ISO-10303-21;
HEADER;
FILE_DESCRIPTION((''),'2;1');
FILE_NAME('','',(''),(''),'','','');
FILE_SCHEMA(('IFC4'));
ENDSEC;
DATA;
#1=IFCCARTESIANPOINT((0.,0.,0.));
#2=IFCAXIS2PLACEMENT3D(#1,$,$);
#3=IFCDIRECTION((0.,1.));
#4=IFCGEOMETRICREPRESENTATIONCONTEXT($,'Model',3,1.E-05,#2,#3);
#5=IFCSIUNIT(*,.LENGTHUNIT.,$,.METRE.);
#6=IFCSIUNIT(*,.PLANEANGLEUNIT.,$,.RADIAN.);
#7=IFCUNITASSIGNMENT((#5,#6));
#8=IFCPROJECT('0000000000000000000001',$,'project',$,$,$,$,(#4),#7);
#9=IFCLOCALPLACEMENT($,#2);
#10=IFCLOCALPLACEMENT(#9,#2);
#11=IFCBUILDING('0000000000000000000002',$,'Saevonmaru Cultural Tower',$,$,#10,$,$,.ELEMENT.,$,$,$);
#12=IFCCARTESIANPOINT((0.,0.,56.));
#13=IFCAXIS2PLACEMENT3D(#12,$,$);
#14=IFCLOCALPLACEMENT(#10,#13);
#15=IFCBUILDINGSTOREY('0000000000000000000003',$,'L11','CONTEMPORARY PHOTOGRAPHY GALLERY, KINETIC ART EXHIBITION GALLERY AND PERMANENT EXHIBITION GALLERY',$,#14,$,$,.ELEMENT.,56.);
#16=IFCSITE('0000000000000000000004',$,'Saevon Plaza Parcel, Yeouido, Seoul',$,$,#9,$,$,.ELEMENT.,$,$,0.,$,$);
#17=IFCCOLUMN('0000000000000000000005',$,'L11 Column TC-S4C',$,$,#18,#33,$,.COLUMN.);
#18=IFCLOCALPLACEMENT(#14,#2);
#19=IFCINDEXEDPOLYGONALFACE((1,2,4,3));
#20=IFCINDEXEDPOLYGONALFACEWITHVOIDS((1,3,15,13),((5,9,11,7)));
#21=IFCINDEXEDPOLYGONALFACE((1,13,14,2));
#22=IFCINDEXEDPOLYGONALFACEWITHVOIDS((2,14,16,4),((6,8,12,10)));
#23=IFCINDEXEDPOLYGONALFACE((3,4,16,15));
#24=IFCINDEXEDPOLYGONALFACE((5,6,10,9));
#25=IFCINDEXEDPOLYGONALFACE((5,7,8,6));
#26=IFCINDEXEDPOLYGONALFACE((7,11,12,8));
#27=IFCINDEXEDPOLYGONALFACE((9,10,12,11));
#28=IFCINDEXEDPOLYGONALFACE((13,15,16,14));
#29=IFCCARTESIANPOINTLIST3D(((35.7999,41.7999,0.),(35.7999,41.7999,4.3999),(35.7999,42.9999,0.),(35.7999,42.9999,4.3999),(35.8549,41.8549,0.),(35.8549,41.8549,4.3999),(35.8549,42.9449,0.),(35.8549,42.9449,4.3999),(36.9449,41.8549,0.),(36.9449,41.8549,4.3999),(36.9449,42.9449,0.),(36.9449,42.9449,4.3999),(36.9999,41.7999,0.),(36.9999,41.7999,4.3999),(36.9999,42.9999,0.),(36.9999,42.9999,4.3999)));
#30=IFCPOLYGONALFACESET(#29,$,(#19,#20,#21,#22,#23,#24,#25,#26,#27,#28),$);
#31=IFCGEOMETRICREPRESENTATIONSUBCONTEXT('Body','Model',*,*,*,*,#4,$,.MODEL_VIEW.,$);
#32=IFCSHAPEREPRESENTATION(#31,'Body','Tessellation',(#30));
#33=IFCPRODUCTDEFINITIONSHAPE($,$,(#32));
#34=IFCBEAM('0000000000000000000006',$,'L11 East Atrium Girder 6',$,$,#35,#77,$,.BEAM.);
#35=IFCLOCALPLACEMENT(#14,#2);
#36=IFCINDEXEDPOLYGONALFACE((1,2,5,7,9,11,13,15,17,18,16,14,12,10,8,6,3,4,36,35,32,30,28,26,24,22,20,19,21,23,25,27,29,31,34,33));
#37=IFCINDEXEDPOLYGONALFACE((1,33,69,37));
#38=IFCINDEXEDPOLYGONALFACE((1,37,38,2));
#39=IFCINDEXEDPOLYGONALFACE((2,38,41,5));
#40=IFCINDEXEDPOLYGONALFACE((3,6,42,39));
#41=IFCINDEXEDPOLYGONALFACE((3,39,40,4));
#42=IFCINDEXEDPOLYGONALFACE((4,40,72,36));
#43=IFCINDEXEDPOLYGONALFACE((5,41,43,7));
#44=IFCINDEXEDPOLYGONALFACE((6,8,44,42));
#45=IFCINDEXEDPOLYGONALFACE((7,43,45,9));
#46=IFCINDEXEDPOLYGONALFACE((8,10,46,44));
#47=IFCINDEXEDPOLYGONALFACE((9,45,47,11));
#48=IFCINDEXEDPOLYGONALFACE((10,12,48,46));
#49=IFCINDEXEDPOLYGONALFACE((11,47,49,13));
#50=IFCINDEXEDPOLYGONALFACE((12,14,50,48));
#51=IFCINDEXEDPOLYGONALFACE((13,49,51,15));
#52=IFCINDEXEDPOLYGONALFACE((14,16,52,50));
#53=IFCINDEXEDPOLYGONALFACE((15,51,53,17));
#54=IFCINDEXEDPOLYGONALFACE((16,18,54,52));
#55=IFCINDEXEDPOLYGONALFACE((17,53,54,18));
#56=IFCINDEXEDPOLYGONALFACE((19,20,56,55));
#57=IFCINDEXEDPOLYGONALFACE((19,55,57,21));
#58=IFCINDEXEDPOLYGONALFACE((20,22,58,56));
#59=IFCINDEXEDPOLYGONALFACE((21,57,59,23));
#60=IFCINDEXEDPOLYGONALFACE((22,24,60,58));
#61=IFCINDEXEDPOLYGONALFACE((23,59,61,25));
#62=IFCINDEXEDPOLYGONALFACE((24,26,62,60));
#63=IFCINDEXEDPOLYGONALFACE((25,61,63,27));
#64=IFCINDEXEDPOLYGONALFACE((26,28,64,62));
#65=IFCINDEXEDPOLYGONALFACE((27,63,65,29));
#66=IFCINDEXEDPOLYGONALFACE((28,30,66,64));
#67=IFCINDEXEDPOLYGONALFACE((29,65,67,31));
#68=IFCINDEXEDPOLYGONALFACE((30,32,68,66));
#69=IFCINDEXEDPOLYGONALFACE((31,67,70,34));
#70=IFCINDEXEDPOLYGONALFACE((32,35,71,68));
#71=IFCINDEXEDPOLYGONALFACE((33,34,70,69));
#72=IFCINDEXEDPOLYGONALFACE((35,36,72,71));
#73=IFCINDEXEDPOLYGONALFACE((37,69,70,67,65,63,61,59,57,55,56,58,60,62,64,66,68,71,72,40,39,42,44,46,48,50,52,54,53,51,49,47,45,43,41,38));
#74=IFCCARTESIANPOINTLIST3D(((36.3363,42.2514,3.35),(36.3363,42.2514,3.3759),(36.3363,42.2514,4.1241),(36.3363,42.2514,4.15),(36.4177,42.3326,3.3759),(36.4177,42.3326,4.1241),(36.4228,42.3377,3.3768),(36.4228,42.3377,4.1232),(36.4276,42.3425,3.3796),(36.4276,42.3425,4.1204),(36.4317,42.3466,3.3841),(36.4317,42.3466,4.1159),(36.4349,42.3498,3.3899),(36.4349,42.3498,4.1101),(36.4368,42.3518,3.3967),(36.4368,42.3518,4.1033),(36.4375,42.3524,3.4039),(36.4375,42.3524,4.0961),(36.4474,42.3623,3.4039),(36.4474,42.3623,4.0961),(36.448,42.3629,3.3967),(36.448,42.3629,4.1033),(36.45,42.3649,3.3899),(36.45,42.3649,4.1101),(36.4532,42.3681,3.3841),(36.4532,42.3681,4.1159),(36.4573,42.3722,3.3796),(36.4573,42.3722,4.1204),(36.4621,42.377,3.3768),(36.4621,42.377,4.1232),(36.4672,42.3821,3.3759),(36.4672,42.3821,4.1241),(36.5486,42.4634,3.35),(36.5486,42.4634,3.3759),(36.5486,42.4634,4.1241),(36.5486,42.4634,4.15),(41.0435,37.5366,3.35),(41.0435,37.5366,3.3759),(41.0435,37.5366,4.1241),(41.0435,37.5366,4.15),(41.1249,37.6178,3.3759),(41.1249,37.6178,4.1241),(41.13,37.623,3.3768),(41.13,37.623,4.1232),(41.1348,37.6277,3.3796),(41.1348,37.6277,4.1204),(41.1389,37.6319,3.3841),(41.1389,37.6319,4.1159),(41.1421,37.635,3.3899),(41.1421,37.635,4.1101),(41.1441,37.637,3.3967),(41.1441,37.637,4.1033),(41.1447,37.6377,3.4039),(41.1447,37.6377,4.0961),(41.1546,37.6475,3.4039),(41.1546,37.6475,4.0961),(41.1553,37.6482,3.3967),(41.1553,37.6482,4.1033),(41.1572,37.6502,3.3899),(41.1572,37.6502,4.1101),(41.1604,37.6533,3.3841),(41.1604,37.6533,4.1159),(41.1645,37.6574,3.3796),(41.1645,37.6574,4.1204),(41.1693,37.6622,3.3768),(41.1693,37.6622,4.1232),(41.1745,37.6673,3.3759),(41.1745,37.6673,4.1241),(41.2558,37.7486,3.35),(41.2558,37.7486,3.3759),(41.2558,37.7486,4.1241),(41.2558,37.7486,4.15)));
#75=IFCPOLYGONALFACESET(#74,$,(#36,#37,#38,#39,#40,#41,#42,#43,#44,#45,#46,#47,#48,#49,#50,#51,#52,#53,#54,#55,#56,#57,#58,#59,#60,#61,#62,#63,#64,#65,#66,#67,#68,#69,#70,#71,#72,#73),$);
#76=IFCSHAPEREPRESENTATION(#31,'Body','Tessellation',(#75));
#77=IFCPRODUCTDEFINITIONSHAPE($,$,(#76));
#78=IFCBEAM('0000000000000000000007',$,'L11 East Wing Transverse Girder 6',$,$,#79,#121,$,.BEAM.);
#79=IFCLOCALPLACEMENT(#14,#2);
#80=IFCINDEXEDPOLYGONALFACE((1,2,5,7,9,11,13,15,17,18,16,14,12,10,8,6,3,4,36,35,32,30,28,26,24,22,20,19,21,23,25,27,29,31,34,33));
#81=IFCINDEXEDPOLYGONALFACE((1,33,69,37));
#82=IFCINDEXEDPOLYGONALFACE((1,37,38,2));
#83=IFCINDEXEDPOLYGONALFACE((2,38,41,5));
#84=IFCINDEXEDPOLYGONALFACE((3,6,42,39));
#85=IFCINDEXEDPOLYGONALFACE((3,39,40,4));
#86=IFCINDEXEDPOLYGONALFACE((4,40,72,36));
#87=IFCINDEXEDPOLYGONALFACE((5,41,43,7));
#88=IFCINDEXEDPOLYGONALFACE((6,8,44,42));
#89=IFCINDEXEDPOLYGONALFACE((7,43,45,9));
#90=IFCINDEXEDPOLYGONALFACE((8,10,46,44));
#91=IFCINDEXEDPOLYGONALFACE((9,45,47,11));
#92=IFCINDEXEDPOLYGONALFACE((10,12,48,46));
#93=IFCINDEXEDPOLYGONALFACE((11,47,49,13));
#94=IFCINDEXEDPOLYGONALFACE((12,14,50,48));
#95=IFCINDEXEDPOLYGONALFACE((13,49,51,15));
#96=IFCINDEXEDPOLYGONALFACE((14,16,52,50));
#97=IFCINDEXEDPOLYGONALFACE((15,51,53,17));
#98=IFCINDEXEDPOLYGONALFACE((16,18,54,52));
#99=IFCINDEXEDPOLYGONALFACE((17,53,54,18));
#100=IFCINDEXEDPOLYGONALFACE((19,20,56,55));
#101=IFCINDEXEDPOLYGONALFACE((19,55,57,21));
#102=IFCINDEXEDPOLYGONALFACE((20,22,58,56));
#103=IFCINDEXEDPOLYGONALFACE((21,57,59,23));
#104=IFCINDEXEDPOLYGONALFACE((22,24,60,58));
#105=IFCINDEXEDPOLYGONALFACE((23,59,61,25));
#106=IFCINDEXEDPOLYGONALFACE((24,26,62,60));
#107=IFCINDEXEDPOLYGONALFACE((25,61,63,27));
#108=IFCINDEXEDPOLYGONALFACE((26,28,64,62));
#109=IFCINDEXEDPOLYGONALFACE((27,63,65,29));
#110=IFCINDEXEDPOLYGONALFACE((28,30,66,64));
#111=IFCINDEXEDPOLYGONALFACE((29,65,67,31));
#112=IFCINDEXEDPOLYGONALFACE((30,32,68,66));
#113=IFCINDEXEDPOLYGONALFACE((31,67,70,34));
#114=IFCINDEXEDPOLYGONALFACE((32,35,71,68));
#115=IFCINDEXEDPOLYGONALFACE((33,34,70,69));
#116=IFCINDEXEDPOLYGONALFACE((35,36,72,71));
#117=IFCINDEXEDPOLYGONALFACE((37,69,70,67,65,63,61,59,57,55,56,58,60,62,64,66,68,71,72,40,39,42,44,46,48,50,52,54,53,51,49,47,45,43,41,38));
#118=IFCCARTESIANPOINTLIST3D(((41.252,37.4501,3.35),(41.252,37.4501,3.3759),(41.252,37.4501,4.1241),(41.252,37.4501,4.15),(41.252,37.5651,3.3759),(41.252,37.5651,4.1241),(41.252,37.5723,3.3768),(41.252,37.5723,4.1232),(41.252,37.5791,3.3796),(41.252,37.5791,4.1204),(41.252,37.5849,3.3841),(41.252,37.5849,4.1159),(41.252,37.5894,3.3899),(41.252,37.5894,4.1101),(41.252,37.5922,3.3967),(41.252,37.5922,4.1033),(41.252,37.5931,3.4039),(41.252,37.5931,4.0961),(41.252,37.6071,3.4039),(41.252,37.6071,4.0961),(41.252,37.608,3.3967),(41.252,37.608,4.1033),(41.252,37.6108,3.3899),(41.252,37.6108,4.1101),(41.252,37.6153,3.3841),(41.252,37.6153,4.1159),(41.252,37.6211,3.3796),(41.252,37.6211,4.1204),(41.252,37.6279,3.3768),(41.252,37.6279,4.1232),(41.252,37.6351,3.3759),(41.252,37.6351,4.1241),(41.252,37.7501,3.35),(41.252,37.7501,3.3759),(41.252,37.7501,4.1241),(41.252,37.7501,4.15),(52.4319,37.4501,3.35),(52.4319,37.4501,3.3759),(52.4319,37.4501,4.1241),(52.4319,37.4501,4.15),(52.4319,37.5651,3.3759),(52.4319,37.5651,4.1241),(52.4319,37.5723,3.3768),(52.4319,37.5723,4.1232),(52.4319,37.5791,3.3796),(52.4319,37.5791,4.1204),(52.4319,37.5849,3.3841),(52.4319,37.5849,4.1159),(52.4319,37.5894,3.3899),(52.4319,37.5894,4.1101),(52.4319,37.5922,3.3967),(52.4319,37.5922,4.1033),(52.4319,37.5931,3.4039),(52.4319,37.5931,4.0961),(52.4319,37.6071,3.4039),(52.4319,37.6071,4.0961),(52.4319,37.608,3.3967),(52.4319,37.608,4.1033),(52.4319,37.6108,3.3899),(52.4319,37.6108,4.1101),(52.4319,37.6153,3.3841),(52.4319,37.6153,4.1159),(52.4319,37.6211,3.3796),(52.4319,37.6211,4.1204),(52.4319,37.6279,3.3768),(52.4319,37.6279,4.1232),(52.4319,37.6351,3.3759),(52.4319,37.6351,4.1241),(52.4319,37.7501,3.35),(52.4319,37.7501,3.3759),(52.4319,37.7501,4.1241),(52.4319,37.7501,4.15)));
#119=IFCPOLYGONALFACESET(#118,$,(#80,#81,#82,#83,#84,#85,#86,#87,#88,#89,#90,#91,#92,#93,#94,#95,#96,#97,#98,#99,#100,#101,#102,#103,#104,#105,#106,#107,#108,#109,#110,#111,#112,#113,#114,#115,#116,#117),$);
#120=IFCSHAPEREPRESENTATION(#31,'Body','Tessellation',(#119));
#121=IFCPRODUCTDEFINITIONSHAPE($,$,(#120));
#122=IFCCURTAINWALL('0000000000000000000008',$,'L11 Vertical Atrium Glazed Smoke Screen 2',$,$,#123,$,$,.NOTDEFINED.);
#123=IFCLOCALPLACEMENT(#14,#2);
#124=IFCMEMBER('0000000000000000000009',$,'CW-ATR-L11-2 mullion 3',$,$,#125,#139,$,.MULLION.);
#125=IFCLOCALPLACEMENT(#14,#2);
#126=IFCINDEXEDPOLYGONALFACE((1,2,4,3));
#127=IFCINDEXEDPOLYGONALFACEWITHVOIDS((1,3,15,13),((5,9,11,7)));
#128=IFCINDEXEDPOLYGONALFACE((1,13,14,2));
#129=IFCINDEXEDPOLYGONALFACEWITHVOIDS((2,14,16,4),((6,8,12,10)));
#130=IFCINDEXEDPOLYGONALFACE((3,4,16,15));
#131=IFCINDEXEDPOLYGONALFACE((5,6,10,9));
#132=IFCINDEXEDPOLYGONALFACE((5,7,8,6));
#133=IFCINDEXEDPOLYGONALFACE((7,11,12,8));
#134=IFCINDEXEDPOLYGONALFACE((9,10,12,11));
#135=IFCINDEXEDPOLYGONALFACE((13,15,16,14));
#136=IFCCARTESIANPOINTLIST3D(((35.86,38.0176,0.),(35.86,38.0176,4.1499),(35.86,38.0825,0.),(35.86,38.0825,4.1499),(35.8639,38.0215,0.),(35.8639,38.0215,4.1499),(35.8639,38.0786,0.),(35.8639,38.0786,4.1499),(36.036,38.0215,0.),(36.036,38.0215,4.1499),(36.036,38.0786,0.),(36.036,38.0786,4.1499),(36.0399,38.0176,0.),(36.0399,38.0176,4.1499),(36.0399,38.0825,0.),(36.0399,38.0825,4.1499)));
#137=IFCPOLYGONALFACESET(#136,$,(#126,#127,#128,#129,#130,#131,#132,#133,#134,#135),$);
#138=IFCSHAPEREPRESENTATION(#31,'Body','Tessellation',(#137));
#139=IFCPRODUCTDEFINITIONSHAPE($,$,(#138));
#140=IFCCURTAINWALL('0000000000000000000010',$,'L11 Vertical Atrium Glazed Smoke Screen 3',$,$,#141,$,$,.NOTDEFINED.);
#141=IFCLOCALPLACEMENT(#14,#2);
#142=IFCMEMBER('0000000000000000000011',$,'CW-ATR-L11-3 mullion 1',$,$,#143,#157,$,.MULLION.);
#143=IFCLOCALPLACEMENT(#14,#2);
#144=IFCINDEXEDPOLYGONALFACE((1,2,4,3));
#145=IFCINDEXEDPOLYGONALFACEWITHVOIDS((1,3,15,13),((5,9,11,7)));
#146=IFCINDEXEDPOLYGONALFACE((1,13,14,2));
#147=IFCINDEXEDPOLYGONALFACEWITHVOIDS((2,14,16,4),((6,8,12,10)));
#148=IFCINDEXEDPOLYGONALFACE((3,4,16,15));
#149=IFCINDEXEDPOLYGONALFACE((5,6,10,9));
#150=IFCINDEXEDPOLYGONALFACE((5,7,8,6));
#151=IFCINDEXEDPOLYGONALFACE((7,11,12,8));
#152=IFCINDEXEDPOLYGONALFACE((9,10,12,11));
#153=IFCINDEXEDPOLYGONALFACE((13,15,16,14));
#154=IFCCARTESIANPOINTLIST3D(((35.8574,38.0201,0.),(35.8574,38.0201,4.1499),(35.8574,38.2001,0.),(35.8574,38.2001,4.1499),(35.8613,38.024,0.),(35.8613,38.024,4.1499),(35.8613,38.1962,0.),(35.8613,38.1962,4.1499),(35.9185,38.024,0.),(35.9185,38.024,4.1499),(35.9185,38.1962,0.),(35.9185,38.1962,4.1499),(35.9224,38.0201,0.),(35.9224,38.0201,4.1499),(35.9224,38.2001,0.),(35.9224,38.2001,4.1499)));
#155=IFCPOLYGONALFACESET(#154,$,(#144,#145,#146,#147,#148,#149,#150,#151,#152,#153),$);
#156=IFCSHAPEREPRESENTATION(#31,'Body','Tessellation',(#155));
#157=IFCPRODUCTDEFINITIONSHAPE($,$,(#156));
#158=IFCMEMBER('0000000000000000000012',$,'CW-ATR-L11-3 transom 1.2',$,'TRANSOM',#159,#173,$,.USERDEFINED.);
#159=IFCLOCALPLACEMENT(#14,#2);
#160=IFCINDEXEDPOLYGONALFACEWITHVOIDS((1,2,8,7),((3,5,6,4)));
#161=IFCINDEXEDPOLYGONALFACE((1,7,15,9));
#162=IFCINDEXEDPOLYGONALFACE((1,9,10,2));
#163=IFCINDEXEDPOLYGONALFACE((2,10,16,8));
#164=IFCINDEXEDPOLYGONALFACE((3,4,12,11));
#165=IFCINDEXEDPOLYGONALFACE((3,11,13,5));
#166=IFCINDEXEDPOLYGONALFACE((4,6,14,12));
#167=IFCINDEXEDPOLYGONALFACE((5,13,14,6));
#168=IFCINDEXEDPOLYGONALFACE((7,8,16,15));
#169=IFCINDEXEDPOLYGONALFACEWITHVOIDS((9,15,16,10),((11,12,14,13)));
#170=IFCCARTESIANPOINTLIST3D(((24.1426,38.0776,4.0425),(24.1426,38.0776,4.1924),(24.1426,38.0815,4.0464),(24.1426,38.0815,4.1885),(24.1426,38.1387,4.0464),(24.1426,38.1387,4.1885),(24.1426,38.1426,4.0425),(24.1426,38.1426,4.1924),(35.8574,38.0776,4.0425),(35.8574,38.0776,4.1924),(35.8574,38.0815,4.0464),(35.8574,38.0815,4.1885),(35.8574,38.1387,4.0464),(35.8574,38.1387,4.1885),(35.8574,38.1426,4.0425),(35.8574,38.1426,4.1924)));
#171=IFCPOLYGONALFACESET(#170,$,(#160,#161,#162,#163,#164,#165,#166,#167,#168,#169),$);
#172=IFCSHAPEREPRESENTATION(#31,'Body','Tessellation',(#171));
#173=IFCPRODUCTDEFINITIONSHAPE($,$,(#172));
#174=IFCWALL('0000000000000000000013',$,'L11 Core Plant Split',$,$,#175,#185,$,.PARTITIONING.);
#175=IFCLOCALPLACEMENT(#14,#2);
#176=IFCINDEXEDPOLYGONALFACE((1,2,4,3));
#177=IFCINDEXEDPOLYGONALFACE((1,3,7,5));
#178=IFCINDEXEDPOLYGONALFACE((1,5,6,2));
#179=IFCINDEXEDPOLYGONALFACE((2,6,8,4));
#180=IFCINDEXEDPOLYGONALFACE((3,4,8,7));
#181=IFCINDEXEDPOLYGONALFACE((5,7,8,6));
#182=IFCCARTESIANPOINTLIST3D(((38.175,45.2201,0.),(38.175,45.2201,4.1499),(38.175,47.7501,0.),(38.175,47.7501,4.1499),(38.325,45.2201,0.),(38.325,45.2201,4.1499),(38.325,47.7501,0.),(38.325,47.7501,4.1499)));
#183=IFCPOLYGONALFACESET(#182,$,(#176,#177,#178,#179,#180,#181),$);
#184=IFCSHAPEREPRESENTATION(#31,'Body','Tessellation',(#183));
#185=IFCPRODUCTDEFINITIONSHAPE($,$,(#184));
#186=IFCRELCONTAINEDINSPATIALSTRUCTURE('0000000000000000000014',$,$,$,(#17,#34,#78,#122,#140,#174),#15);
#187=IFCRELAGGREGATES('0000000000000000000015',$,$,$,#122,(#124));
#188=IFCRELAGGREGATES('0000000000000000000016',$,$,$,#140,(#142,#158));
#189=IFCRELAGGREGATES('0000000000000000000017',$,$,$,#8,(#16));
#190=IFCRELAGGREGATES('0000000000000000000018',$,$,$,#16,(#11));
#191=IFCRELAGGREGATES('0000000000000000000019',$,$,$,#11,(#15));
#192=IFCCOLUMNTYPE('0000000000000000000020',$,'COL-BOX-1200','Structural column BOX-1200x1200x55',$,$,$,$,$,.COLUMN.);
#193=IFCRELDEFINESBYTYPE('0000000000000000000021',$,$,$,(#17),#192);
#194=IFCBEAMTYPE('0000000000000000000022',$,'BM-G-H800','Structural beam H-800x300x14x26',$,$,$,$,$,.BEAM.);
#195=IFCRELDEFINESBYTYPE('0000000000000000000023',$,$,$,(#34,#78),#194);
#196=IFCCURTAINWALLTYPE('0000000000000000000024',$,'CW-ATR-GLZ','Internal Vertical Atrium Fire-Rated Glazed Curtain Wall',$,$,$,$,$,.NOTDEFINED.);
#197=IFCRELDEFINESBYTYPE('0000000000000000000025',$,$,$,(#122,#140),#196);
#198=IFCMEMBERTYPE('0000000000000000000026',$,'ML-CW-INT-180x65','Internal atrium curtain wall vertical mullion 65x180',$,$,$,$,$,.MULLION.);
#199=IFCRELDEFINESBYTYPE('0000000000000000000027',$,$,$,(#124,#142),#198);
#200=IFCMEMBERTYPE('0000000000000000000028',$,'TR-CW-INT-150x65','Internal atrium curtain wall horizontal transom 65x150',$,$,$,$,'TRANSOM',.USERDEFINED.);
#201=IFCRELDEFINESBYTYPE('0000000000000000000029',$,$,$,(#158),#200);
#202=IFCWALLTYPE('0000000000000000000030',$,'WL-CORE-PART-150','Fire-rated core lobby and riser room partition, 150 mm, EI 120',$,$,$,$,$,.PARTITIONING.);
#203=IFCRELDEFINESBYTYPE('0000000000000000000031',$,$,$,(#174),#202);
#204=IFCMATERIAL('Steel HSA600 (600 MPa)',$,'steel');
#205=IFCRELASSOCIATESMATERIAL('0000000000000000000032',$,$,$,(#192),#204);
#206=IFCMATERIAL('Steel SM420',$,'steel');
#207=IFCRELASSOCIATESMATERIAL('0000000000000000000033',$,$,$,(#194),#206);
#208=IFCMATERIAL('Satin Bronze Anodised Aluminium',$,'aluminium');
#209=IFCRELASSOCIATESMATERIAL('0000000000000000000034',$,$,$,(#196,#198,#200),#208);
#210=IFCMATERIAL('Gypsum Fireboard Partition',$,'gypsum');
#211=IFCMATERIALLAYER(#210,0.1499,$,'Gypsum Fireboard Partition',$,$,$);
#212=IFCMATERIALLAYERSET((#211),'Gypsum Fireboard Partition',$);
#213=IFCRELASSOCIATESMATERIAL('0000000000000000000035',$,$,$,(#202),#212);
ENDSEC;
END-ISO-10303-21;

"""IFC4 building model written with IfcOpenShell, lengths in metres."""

from ifc_helpers import new_model, si_unit, direction, frame, frame_2d, origin, origin_2d, place, context, subcontext, project, spatial, rectangle, hollow_rectangle, i_section, extrude, material, layer, layer_set, material_profile, profile_set, type_object, element, aggregate, save


model = new_model("IFC4")

# Units and contexts
model_context = context("Model", 3, precision=1e-05, world=origin(), true_north=direction((0.0, 1.0)))
body_context = subcontext(model_context, "Body", "Model", "MODEL_VIEW")
ifc_project = project(units=[si_unit("LENGTHUNIT", "METRE"), si_unit("PLANEANGLEUNIT", "RADIAN")], contexts=[model_context])

# Site, building, storey
site_placement = place(None, origin())
site = spatial("IfcSite", under=ifc_project, at=site_placement, Name="Saevon Plaza Parcel, Yeouido, Seoul", CompositionType="ELEMENT", RefElevation=0.0)
building_placement = place(site_placement, origin())
building = spatial("IfcBuilding", under=site, at=building_placement, Name="Saevonmaru Cultural Tower", CompositionType="ELEMENT")
storey_placement = place(building_placement, frame((0.0, 0.0, 56.0)))
storey = spatial("IfcBuildingStorey", under=building, at=storey_placement, Name="L11", Description="CONTEMPORARY PHOTOGRAPHY GALLERY, KINETIC ART EXHIBITION GALLERY AND PERMANENT EXHIBITION GALLERY", CompositionType="ELEMENT", Elevation=56.0)

# Column
ifc_material_1 = material(Name="Steel HSA600 (600 MPa)", Category="steel")
ifc_material_profile_1 = material_profile(ifc_material_1, hollow_rectangle(XDim=1.2, YDim=1.2, WallThickness=0.0549, at=origin_2d()), Name="BOX-1200x1200x55")
ifc_profile_set_1 = profile_set([ifc_material_profile_1], Name="Steel HSA600 (600 MPa)")
column_type = type_object("IfcColumnType", Name="COL-BOX-1200", Description="Structural column BOX-1200x1200x55", PredefinedType="COLUMN", material=ifc_profile_set_1)
column_placement = place(storey_placement, frame((36.3999, 42.3999, 0.0), z_axis=(0.0, 0.0, 1.0), x_axis=(1.0, 0.0, 0.0)))
element("IfcColumn", 1, at=column_placement, inside=storey, type_object=column_type, Name="L11 Column TC-S4C", PredefinedType="COLUMN", context=body_context, shape_type="SweptSolid", body=[
    extrude(hollow_rectangle(XDim=1.2, YDim=1.2, WallThickness=0.0549, at=origin_2d()), origin(), (0.0, 0.0, 1.0), 4.3999),
])

# Beams
ifc_material_2 = material(Name="Steel SM420", Category="steel")
ifc_material_profile_2 = material_profile(ifc_material_2, i_section(OverallWidth=0.3, OverallDepth=0.8, WebThickness=0.0139, FlangeThickness=0.0259, FilletRadius=0.0281, at=origin_2d()), Name="H-800x300x14x26")
ifc_profile_set_2 = profile_set([ifc_material_profile_2], Name="Steel SM420")
beam_type = type_object("IfcBeamType", Name="BM-G-H800", Description="Structural beam H-800x300x14x26", PredefinedType="BEAM", material=ifc_profile_set_2)
beam_1_placement = place(storey_placement, frame((41.1497, 37.6426, 3.75), z_axis=(-0.706539, 0.707675, 0.0), x_axis=(-0.707675, -0.706539, 0.0)))
element("IfcBeam", 2, at=beam_1_placement, inside=storey, type_object=beam_type, Name="L11 East Atrium Girder 6", PredefinedType="BEAM", context=body_context, shape_type="SweptSolid", body=[
    extrude(i_section(OverallWidth=0.3, OverallDepth=0.8, WebThickness=0.0139, FlangeThickness=0.0259, FilletRadius=0.0281, at=origin_2d()), origin(), (0.0, 0.0, 1.0), 6.6624),
])
beam_2_placement = place(storey_placement, frame((41.252, 37.6001, 3.75), z_axis=(1.0, 0.0, 0.0), x_axis=(0.0, 1.0, 0.0)))
element("IfcBeam", 3, at=beam_2_placement, inside=storey, type_object=beam_type, Name="L11 East Wing Transverse Girder 6", PredefinedType="BEAM", context=body_context, shape_type="SweptSolid", body=[
    extrude(i_section(OverallWidth=0.3, OverallDepth=0.8, WebThickness=0.0139, FlangeThickness=0.0259, FilletRadius=0.0281, at=origin_2d()), origin(), (0.0, 0.0, 1.0), 11.1799),
])

# Curtain wall, member
ifc_material_3 = material(Name="Satin Bronze Anodised Aluminium", Category="aluminium")
curtain_wall_type = type_object("IfcCurtainWallType", Name="CW-ATR-GLZ", Description="Internal Vertical Atrium Fire-Rated Glazed Curtain Wall", PredefinedType="NOTDEFINED", material=ifc_material_3)
curtain_wall_1_placement = place(storey_placement, origin())
curtain_wall_1 = element("IfcCurtainWall", 4, at=curtain_wall_1_placement, inside=storey, type_object=curtain_wall_type, Name="L11 Vertical Atrium Glazed Smoke Screen 2", PredefinedType="NOTDEFINED")
ifc_material_profile_3 = material_profile(ifc_material_3, hollow_rectangle(XDim=0.0649, YDim=0.1799, WallThickness=0.0039, at=origin_2d()), Name="ALU-MULL-180x65x4")
ifc_profile_set_3 = profile_set([ifc_material_profile_3], Name="Satin Bronze Anodised Aluminium")
member_type_1 = type_object("IfcMemberType", Name="ML-CW-INT-180x65", Description="Internal atrium curtain wall vertical mullion 65x180", PredefinedType="MULLION", material=ifc_profile_set_3)
member_1_placement = place(storey_placement, frame((35.95, 38.05, 0.0), z_axis=(0.0, 0.0, 1.0), x_axis=(0.0, 1.0, 0.0)))
member_1 = element("IfcMember", 5, at=member_1_placement, type_object=member_type_1, Name="CW-ATR-L11-2 mullion 3", PredefinedType="MULLION", context=body_context, shape_type="SweptSolid", body=[
    extrude(hollow_rectangle(XDim=0.0649, YDim=0.1799, WallThickness=0.0039, at=origin_2d()), origin(), (0.0, 0.0, 1.0), 4.1499),
])
aggregate(curtain_wall_1, [member_1])

# Curtain wall, members
curtain_wall_2_placement = place(storey_placement, origin())
curtain_wall_2 = element("IfcCurtainWall", 6, at=curtain_wall_2_placement, inside=storey, type_object=curtain_wall_type, Name="L11 Vertical Atrium Glazed Smoke Screen 3", PredefinedType="NOTDEFINED")
member_2_placement = place(storey_placement, frame((35.8899, 38.1101, 0.0), z_axis=(0.0, 0.0, 1.0), x_axis=(-1.0, 0.0, 0.0)))
member_2 = element("IfcMember", 7, at=member_2_placement, type_object=member_type_1, Name="CW-ATR-L11-3 mullion 1", PredefinedType="MULLION", context=body_context, shape_type="SweptSolid", body=[
    extrude(hollow_rectangle(XDim=0.0649, YDim=0.1799, WallThickness=0.0039, at=origin_2d()), origin(), (0.0, 0.0, 1.0), 4.1499),
])
ifc_material_profile_4 = material_profile(ifc_material_3, hollow_rectangle(XDim=0.0649, YDim=0.1499, WallThickness=0.0039, at=origin_2d()), Name="ALU-TRAN-150x65x4")
ifc_profile_set_4 = profile_set([ifc_material_profile_4], Name="Satin Bronze Anodised Aluminium")
member_type_2 = type_object("IfcMemberType", Name="TR-CW-INT-150x65", Description="Internal atrium curtain wall horizontal transom 65x150", ElementType="TRANSOM", PredefinedType="USERDEFINED", material=ifc_profile_set_4)
member_3_placement = place(storey_placement, frame((35.8574, 38.1101, 4.1174), z_axis=(-1.0, 0.0, 0.0), x_axis=(0.0, -1.0, 0.0)))
member_3 = element("IfcMember", 8, at=member_3_placement, type_object=member_type_2, Name="CW-ATR-L11-3 transom 1.2", ObjectType="TRANSOM", PredefinedType="USERDEFINED", context=body_context, shape_type="SweptSolid", body=[
    extrude(hollow_rectangle(XDim=0.0649, YDim=0.1499, WallThickness=0.0039, at=origin_2d()), origin(), (0.0, 0.0, 1.0), 11.7148),
])
aggregate(curtain_wall_2, [member_2, member_3])

# Wall
ifc_material_4 = material(Name="Gypsum Fireboard Partition", Category="gypsum")
ifc_layer_1 = layer(ifc_material_4, 0.1499, Name="Gypsum Fireboard Partition")
ifc_layer_set_1 = layer_set([ifc_layer_1], Name="Gypsum Fireboard Partition")
wall_type_1 = type_object("IfcWallType", Name="WL-CORE-PART-150", Description="Fire-rated core lobby and riser room partition, 150 mm, EI 120", PredefinedType="PARTITIONING", material=ifc_layer_set_1)
wall_1_placement = place(storey_placement, frame((38.25, 45.22, 0.0), z_axis=(0.0, 0.0, 1.0), x_axis=(0.0, 1.0, 0.0)))
element("IfcWall", 9, at=wall_1_placement, inside=storey, type_object=wall_type_1, Name="L11 Core Plant Split", PredefinedType="PARTITIONING", context=body_context, shape_type="SweptSolid", body=[
    extrude(rectangle(XDim=2.53, YDim=0.1499, at=frame_2d((1.2651, 0.0))), origin(), (0.0, 0.0, 1.0), 4.1499),
])

save(model, "model.ifc")
